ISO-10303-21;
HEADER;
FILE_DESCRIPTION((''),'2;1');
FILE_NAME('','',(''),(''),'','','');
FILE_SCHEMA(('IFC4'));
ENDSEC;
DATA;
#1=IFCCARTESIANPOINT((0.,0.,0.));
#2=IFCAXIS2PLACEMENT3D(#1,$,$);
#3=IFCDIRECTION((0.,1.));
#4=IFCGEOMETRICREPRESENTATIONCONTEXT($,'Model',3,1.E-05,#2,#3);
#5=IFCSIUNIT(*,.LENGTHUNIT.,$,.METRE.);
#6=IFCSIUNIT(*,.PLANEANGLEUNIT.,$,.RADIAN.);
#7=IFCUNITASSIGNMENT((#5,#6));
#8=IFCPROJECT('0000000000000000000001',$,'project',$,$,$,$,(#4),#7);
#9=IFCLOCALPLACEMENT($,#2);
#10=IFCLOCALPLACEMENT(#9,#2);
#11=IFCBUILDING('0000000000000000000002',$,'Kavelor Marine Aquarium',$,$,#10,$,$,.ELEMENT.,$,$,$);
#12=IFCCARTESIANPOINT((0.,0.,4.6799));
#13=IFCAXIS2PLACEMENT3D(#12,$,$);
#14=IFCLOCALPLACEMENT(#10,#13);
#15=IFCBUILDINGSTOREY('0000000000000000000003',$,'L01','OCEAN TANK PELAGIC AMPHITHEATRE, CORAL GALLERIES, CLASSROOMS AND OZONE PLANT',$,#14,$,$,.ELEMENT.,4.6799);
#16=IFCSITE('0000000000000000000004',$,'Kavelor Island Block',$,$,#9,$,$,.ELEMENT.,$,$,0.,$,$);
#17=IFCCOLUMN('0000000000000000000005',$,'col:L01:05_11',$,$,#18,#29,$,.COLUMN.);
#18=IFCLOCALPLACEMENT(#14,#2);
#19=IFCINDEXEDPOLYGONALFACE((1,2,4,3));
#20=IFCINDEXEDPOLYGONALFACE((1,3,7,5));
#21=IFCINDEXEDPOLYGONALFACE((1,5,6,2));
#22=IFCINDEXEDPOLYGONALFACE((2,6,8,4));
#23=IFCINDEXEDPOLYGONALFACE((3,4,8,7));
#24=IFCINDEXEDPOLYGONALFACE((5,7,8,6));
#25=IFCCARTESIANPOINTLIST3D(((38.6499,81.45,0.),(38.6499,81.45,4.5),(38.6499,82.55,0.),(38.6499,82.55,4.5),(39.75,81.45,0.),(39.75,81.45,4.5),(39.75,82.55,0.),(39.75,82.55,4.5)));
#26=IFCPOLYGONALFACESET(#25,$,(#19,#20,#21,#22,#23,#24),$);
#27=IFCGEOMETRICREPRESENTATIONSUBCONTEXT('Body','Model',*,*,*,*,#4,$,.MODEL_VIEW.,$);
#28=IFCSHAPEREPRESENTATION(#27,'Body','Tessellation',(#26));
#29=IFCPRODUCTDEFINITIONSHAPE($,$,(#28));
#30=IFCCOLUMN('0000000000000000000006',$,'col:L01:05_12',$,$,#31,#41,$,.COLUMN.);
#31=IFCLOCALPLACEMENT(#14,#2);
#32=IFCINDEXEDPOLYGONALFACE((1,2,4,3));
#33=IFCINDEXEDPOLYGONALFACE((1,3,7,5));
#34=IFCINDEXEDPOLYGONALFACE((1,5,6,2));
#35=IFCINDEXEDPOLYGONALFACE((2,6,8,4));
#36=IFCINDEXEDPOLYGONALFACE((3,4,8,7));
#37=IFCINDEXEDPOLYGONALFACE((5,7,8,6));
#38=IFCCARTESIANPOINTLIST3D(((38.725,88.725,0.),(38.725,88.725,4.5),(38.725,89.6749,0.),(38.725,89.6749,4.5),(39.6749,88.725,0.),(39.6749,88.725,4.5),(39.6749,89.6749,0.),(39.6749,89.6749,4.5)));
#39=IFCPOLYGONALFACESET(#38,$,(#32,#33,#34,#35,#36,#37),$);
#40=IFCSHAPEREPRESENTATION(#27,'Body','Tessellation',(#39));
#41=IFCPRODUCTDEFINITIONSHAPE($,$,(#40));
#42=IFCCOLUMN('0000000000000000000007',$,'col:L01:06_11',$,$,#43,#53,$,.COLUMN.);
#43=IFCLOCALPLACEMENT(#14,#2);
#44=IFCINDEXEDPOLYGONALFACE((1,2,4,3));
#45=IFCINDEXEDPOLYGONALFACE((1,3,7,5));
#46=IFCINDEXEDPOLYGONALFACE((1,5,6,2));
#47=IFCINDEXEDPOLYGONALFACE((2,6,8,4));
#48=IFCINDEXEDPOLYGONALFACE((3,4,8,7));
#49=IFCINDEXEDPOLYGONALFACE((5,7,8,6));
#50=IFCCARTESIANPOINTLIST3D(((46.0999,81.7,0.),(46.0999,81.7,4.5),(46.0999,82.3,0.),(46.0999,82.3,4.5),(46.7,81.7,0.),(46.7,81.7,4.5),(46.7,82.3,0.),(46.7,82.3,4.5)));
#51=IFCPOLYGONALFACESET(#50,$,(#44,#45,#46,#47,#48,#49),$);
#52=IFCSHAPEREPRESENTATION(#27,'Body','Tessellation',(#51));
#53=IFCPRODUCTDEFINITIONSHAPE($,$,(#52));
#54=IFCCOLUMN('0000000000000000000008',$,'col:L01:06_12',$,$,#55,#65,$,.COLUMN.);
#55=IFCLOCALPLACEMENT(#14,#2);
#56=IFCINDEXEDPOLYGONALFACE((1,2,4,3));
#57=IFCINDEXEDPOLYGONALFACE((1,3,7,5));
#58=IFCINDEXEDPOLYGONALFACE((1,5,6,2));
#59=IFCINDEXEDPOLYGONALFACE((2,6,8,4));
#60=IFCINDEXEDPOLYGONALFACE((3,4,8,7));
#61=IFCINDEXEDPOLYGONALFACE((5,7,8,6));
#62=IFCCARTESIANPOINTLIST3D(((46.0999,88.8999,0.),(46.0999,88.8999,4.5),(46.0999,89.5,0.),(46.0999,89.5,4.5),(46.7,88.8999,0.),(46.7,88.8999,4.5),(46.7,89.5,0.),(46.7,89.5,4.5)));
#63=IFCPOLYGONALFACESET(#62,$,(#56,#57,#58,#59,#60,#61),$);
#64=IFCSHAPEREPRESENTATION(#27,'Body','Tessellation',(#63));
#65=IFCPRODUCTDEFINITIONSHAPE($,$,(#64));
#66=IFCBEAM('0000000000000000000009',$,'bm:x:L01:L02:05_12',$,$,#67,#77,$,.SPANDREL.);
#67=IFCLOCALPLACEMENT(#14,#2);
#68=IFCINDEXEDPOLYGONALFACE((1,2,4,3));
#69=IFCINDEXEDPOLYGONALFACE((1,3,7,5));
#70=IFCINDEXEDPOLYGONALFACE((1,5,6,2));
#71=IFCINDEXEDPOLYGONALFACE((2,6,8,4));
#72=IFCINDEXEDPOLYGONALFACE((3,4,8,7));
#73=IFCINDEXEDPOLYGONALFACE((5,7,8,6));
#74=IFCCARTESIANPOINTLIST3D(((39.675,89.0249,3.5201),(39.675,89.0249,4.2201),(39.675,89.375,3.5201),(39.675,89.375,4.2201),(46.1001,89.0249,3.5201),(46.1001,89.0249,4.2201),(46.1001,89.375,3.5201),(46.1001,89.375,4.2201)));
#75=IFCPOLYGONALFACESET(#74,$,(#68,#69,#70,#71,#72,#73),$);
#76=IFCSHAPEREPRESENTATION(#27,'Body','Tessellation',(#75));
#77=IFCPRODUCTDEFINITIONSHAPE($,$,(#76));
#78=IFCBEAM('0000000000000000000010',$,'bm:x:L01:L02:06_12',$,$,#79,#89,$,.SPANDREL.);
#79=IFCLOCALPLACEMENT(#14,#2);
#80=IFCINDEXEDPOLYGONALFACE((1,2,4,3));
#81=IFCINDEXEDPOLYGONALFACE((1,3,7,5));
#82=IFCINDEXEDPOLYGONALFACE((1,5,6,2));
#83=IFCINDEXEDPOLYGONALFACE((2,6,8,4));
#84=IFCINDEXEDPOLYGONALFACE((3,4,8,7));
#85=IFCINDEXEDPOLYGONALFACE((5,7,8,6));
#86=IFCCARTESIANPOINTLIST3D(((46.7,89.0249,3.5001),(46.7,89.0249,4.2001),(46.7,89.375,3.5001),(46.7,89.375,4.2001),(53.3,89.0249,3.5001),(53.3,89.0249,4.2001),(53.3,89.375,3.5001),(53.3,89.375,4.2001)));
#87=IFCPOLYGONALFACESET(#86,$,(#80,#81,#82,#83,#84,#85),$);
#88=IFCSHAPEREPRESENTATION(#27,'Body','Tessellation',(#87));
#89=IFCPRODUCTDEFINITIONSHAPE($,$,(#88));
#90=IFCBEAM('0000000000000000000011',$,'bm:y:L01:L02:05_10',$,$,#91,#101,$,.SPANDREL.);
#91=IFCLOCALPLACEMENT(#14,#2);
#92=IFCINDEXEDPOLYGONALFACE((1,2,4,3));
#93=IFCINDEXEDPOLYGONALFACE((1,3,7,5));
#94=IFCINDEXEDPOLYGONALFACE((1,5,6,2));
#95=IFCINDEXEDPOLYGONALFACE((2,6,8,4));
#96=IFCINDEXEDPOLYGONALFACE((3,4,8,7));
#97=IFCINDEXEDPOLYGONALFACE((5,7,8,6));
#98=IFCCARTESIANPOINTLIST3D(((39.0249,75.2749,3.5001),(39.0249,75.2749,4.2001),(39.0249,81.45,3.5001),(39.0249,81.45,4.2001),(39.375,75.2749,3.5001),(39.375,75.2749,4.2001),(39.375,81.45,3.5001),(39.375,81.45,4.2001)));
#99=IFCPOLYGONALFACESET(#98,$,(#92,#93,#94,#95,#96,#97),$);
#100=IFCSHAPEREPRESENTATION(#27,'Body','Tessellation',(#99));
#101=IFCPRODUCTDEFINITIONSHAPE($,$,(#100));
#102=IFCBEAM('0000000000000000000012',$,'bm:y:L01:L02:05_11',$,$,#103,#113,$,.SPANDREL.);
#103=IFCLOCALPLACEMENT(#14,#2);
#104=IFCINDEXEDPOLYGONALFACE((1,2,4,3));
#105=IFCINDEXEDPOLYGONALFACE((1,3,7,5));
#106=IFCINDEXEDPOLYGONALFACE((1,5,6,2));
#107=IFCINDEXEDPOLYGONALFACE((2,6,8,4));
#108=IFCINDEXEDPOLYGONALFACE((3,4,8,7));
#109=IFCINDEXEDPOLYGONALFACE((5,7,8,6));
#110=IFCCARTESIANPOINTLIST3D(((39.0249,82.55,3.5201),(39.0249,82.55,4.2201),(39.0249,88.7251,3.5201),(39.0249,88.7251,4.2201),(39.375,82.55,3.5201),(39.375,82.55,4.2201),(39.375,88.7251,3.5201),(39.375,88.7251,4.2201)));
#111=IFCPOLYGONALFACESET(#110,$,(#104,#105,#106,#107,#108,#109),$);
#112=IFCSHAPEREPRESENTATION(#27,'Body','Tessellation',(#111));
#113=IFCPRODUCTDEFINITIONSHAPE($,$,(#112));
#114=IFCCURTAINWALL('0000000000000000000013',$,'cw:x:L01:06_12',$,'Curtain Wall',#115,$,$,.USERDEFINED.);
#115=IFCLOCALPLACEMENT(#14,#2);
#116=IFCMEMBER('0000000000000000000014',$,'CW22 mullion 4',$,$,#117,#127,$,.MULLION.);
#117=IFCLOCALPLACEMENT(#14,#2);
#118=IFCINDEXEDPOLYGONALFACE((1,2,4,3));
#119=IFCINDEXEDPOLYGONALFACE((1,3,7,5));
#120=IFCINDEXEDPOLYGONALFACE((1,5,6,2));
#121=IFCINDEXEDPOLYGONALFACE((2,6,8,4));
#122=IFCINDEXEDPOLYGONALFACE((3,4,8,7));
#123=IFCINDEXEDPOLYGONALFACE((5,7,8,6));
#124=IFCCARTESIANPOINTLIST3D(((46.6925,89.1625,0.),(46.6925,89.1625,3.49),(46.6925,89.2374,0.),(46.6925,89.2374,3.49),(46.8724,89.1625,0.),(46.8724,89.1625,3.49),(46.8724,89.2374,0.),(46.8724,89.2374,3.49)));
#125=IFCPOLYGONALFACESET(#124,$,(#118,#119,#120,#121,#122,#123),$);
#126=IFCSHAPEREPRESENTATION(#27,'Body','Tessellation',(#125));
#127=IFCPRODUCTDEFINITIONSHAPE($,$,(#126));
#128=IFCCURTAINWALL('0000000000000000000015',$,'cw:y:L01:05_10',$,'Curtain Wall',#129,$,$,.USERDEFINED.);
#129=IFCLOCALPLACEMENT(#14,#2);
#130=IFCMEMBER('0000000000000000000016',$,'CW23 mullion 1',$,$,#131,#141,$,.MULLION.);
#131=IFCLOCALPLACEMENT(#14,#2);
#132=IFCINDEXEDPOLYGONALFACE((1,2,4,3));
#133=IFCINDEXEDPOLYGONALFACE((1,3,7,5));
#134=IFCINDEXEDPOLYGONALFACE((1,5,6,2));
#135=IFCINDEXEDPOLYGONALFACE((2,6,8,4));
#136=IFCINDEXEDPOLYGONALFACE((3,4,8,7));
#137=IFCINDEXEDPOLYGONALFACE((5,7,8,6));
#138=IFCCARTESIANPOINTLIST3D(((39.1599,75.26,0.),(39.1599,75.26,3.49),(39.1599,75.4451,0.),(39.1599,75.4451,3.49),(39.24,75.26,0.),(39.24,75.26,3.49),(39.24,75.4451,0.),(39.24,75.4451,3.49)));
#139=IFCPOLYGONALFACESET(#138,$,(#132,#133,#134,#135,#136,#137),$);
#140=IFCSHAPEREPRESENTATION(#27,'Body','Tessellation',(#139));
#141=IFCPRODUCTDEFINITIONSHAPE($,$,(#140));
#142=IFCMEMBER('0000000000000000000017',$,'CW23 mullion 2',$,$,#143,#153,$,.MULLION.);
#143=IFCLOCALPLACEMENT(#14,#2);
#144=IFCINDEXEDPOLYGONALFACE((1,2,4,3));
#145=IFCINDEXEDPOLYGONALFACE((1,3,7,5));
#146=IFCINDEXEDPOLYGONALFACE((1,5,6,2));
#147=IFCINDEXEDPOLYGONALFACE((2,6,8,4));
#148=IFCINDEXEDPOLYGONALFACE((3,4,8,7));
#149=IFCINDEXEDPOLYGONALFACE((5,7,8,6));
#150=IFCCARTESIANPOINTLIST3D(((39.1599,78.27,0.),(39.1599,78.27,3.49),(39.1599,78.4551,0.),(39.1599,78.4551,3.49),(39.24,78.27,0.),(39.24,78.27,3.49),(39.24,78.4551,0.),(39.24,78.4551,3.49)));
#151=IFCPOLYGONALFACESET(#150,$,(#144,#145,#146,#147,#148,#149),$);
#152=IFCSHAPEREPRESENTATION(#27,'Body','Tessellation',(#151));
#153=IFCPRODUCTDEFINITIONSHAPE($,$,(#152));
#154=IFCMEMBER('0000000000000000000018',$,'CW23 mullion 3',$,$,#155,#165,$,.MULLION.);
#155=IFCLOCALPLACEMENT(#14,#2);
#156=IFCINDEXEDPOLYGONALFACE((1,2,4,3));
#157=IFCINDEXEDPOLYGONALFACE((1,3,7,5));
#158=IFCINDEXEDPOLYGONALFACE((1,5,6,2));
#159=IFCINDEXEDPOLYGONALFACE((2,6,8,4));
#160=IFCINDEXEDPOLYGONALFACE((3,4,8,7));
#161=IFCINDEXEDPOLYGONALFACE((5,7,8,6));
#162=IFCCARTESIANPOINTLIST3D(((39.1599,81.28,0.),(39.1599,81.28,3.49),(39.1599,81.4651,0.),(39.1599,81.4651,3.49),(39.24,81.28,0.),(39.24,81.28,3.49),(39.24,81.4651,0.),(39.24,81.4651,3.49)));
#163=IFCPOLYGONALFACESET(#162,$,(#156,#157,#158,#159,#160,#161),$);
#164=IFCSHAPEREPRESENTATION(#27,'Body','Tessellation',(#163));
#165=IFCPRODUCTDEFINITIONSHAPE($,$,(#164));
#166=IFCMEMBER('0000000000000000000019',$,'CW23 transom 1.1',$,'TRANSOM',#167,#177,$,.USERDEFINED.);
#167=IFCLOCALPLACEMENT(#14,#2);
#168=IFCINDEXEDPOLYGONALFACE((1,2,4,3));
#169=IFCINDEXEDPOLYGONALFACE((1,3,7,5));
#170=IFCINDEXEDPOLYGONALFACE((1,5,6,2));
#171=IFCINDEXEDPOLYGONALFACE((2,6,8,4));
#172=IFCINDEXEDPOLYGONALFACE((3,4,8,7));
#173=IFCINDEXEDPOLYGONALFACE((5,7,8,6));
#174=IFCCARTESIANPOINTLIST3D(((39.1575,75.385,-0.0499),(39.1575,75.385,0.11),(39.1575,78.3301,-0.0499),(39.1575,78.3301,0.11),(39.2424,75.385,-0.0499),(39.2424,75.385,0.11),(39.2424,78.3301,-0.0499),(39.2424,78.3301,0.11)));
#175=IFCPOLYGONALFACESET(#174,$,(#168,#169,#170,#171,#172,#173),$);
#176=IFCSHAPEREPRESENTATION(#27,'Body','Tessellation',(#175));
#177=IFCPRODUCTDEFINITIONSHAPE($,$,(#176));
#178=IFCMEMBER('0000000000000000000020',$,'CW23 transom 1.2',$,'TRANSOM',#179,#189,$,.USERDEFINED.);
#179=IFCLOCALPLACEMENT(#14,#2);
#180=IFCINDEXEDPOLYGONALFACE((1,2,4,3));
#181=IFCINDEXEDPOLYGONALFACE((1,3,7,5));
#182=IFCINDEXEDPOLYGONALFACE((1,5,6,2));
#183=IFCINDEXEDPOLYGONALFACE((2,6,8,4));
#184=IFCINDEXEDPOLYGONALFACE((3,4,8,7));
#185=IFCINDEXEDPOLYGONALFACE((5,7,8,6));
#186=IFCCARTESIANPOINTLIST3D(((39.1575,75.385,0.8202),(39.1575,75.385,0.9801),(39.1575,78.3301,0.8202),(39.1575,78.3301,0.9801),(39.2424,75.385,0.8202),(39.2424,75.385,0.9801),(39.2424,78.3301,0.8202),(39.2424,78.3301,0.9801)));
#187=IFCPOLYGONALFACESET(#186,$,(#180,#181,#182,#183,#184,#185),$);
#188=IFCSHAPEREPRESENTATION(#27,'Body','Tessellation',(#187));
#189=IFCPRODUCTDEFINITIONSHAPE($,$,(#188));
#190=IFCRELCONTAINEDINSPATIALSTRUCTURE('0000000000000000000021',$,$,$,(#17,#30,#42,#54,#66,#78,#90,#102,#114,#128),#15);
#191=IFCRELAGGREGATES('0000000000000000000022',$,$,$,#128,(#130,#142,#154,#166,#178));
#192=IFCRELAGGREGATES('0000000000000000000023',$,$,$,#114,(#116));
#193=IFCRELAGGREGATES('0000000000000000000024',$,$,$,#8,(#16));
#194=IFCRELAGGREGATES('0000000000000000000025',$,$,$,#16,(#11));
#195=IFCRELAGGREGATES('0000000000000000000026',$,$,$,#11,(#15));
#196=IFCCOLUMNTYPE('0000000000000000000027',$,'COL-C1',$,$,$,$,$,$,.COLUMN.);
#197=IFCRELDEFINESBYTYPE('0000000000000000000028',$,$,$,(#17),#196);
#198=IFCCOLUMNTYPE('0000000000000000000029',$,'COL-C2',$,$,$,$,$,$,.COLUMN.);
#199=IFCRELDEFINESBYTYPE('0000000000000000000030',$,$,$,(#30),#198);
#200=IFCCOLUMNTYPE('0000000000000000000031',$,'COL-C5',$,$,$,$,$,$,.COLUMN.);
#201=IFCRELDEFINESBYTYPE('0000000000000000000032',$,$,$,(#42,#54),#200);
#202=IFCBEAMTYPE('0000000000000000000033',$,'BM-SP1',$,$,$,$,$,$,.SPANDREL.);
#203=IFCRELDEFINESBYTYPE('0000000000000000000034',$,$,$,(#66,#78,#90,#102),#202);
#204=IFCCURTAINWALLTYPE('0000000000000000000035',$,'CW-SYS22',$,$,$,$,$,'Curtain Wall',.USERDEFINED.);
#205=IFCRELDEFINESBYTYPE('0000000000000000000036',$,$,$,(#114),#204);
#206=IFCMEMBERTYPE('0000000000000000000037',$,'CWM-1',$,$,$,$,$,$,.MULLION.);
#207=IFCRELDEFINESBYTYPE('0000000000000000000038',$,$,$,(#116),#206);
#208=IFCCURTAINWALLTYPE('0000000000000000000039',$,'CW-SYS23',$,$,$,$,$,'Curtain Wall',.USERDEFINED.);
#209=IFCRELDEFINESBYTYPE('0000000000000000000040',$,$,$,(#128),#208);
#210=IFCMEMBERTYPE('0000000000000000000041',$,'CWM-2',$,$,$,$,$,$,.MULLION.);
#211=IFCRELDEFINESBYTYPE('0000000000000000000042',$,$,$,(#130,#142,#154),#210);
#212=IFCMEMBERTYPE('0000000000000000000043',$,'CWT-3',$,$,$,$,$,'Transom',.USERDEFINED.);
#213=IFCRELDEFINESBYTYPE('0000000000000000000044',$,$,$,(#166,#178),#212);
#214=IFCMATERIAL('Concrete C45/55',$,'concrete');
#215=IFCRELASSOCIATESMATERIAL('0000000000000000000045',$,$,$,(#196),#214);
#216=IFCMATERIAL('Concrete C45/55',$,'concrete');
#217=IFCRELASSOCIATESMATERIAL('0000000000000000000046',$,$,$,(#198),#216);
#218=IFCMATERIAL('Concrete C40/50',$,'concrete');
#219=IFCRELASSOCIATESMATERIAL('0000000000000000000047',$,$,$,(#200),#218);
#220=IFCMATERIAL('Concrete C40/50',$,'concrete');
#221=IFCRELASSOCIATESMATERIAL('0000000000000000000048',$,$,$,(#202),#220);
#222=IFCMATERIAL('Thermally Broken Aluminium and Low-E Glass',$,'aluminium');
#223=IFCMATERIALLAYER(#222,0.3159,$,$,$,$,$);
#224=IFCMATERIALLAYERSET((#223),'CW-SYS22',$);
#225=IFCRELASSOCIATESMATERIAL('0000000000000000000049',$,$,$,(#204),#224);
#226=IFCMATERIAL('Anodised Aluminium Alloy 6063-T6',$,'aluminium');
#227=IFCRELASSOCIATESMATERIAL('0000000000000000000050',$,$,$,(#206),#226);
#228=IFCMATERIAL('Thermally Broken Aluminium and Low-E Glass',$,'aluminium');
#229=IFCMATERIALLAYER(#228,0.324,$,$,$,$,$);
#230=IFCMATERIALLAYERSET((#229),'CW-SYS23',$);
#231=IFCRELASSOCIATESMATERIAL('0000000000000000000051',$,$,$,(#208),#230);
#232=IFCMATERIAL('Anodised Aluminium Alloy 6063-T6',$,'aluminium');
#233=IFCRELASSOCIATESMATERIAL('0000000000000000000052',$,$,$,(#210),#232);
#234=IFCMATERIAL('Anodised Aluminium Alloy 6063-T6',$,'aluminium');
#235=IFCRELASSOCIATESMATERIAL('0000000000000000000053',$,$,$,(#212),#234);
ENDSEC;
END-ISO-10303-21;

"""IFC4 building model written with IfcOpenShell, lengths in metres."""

from ifc_helpers import new_model, si_unit, direction, frame, origin, origin_2d, place, context, subcontext, project, spatial, rectangle, extrude, material, layer, layer_set, material_profile, profile_set, type_object, element, aggregate, save


model = new_model("IFC4")

# Units and contexts
model_context = context("Model", 3, precision=1e-05, world=origin(), true_north=direction((0.0, 1.0)))
body_context = subcontext(model_context, "Body", "Model", "MODEL_VIEW")
ifc_project = project(units=[si_unit("LENGTHUNIT", "METRE"), si_unit("PLANEANGLEUNIT", "RADIAN")], contexts=[model_context])

# Site, building, storey
site_placement = place(None, origin())
site = spatial("IfcSite", under=ifc_project, at=site_placement, Name="Kavelor Island Block", CompositionType="ELEMENT", RefElevation=0.0)
building_placement = place(site_placement, origin())
building = spatial("IfcBuilding", under=site, at=building_placement, Name="Kavelor Marine Aquarium", CompositionType="ELEMENT")
storey_placement = place(building_placement, frame((0.0, 0.0, 4.6799)))
storey = spatial("IfcBuildingStorey", under=building, at=storey_placement, Name="L01", Description="OCEAN TANK PELAGIC AMPHITHEATRE, CORAL GALLERIES, CLASSROOMS AND OZONE PLANT", CompositionType="ELEMENT", Elevation=4.6799)

# Columns
ifc_material_1 = material(Name="Concrete C45/55", Category="concrete")
ifc_material_profile_1 = material_profile(ifc_material_1, rectangle(XDim=1.1001, YDim=1.1001, at=origin_2d()), Name="RC-COL 1100x1100")
ifc_profile_set_1 = profile_set([ifc_material_profile_1], Name="Concrete C45/55")
column_type_1 = type_object("IfcColumnType", Name="COL-C1", PredefinedType="COLUMN", material=ifc_profile_set_1)
column_1_placement = place(storey_placement, frame((39.2, 82.0, 0.0), z_axis=(0.0, 0.0, 1.0), x_axis=(1.0, 0.0, 0.0)))
element("IfcColumn", 1, at=column_1_placement, inside=storey, type_object=column_type_1, Name="col:L01:05_11", PredefinedType="COLUMN", context=body_context, shape_type="SweptSolid", body=[
    extrude(rectangle(XDim=1.1001, YDim=1.1001, at=origin_2d()), origin(), (0.0, 0.0, 1.0), 4.5),
])
ifc_material_2 = material(Name="Concrete C45/55", Category="concrete")
ifc_material_profile_2 = material_profile(ifc_material_2, rectangle(XDim=0.95, YDim=0.95, at=origin_2d()), Name="RC-COL 950x950")
ifc_profile_set_2 = profile_set([ifc_material_profile_2], Name="Concrete C45/55")
column_type_2 = type_object("IfcColumnType", Name="COL-C2", PredefinedType="COLUMN", material=ifc_profile_set_2)
column_2_placement = place(storey_placement, frame((39.2, 89.2, 0.0), z_axis=(0.0, 0.0, 1.0), x_axis=(1.0, 0.0, 0.0)))
element("IfcColumn", 2, at=column_2_placement, inside=storey, type_object=column_type_2, Name="col:L01:05_12", PredefinedType="COLUMN", context=body_context, shape_type="SweptSolid", body=[
    extrude(rectangle(XDim=0.95, YDim=0.95, at=origin_2d()), origin(), (0.0, 0.0, 1.0), 4.5),
])
ifc_material_3 = material(Name="Concrete C40/50", Category="concrete")
ifc_material_profile_3 = material_profile(ifc_material_3, rectangle(XDim=0.6001, YDim=0.6001, at=origin_2d()), Name="RC-COL 600x600")
ifc_profile_set_3 = profile_set([ifc_material_profile_3], Name="Concrete C40/50")
column_type_3 = type_object("IfcColumnType", Name="COL-C5", PredefinedType="COLUMN", material=ifc_profile_set_3)
for number, where, z_axis, x_axis, name in (
    (3, (46.3999, 82.0, 0.0), (0.0, 0.0, 1.0), (1.0, 0.0, 0.0), "col:L01:06_11"),
    (4, (46.3999, 89.2, 0.0), (0.0, 0.0, 1.0), (1.0, 0.0, 0.0), "col:L01:06_12"),
):
    element("IfcColumn", number, at=place(storey_placement, frame(where, z_axis=z_axis, x_axis=x_axis)), inside=storey, type_object=column_type_3, Name=name, PredefinedType="COLUMN", context=body_context, shape_type="SweptSolid", body=[
        extrude(rectangle(XDim=0.6001, YDim=0.6001, at=origin_2d()), origin(), (0.0, 0.0, 1.0), 4.5),
    ])

# Beams
ifc_material_4 = material(Name="Concrete C40/50", Category="concrete")
ifc_material_profile_4 = material_profile(ifc_material_4, rectangle(XDim=0.3501, YDim=0.7, at=origin_2d()), Name="RC-SP 350x700")
ifc_profile_set_4 = profile_set([ifc_material_profile_4], Name="Concrete C40/50")
beam_type = type_object("IfcBeamType", Name="BM-SP1", PredefinedType="SPANDREL", material=ifc_profile_set_4)
beam_1_placement = place(storey_placement, frame((39.675, 89.2, 3.8701), z_axis=(1.0, 0.0, 0.0), x_axis=(0.0, 1.0, 0.0)))
element("IfcBeam", 5, at=beam_1_placement, inside=storey, type_object=beam_type, Name="bm:x:L01:L02:05_12", PredefinedType="SPANDREL", context=body_context, shape_type="SweptSolid", body=[
    extrude(rectangle(XDim=0.3501, YDim=0.7, at=origin_2d()), origin(), (0.0, 0.0, 1.0), 6.425),
])
beam_2_placement = place(storey_placement, frame((46.7, 89.2, 3.8501), z_axis=(1.0, 0.0, 0.0), x_axis=(0.0, 1.0, 0.0)))
element("IfcBeam", 6, at=beam_2_placement, inside=storey, type_object=beam_type, Name="bm:x:L01:L02:06_12", PredefinedType="SPANDREL", context=body_context, shape_type="SweptSolid", body=[
    extrude(rectangle(XDim=0.3501, YDim=0.7, at=origin_2d()), origin(), (0.0, 0.0, 1.0), 6.6001),
])
for number, where, z_axis, x_axis, name in (
    (7, (39.2, 75.2749, 3.8501), (0.0, 1.0, 0.0), (-1.0, 0.0, 0.0), "bm:y:L01:L02:05_10"),
    (8, (39.2, 82.55, 3.8701), (0.0, 1.0, 0.0), (-1.0, 0.0, 0.0), "bm:y:L01:L02:05_11"),
):
    element("IfcBeam", number, at=place(storey_placement, frame(where, z_axis=z_axis, x_axis=x_axis)), inside=storey, type_object=beam_type, Name=name, PredefinedType="SPANDREL", context=body_context, shape_type="SweptSolid", body=[
        extrude(rectangle(XDim=0.3501, YDim=0.7, at=origin_2d()), origin(), (0.0, 0.0, 1.0), 6.175),
    ])

# Curtain wall, member
ifc_material_5 = material(Name="Thermally Broken Aluminium and Low-E Glass", Category="aluminium")
ifc_layer_1 = layer(ifc_material_5, 0.3159)
ifc_layer_set_1 = layer_set([ifc_layer_1], Name="CW-SYS22")
curtain_wall_type_1 = type_object("IfcCurtainWallType", Name="CW-SYS22", ElementType="Curtain Wall", PredefinedType="USERDEFINED", material=ifc_layer_set_1)
curtain_wall_1_placement = place(storey_placement, origin())
curtain_wall_1 = element("IfcCurtainWall", 9, at=curtain_wall_1_placement, inside=storey, type_object=curtain_wall_type_1, Name="cw:x:L01:06_12", ObjectType="Curtain Wall", PredefinedType="USERDEFINED")
ifc_material_6 = material(Name="Anodised Aluminium Alloy 6063-T6", Category="aluminium")
ifc_material_profile_5 = material_profile(ifc_material_6, rectangle(XDim=0.075, YDim=0.1799, at=origin_2d()), Name="CW-MUL 75x180")
ifc_profile_set_5 = profile_set([ifc_material_profile_5], Name="Anodised Aluminium Alloy 6063-T6")
member_type_1 = type_object("IfcMemberType", Name="CWM-1", PredefinedType="MULLION", material=ifc_profile_set_5)
member_1_placement = place(storey_placement, frame((46.7825, 89.2, 0.0), z_axis=(0.0, 0.0, 1.0), x_axis=(0.0, -1.0, 0.0)))
member_1 = element("IfcMember", 10, at=member_1_placement, type_object=member_type_1, Name="CW22 mullion 4", PredefinedType="MULLION", context=body_context, shape_type="SweptSolid", body=[
    extrude(rectangle(XDim=0.075, YDim=0.1799, at=origin_2d()), origin(), (0.0, 0.0, 1.0), 3.49),
])

# Curtain wall, members
ifc_material_7 = material(Name="Thermally Broken Aluminium and Low-E Glass", Category="aluminium")
ifc_layer_2 = layer(ifc_material_7, 0.324)
ifc_layer_set_2 = layer_set([ifc_layer_2], Name="CW-SYS23")
curtain_wall_type_2 = type_object("IfcCurtainWallType", Name="CW-SYS23", ElementType="Curtain Wall", PredefinedType="USERDEFINED", material=ifc_layer_set_2)
curtain_wall_2_placement = place(storey_placement, origin())
curtain_wall_2 = element("IfcCurtainWall", 11, at=curtain_wall_2_placement, inside=storey, type_object=curtain_wall_type_2, Name="cw:y:L01:05_10", ObjectType="Curtain Wall", PredefinedType="USERDEFINED")
ifc_material_8 = material(Name="Anodised Aluminium Alloy 6063-T6", Category="aluminium")
ifc_material_profile_6 = material_profile(ifc_material_8, rectangle(XDim=0.0801, YDim=0.1851, at=origin_2d()), Name="CW-MUL 80x185")
ifc_profile_set_6 = profile_set([ifc_material_profile_6], Name="Anodised Aluminium Alloy 6063-T6")
member_type_2 = type_object("IfcMemberType", Name="CWM-2", PredefinedType="MULLION", material=ifc_profile_set_6)
member_2_placement = place(storey_placement, frame((39.2, 75.3525, 0.0), z_axis=(0.0, 0.0, 1.0), x_axis=(-1.0, 0.0, 0.0)))
member_2 = element("IfcMember", 12, at=member_2_placement, type_object=member_type_2, Name="CW23 mullion 1", PredefinedType="MULLION", context=body_context, shape_type="SweptSolid", body=[
    extrude(rectangle(XDim=0.0801, YDim=0.1851, at=origin_2d()), origin(), (0.0, 0.0, 1.0), 3.49),
])
member_3_placement = place(storey_placement, frame((39.2, 78.3625, 0.0), z_axis=(0.0, 0.0, 1.0), x_axis=(-1.0, 0.0, 0.0)))
member_3 = element("IfcMember", 13, at=member_3_placement, type_object=member_type_2, Name="CW23 mullion 2", PredefinedType="MULLION", context=body_context, shape_type="SweptSolid", body=[
    extrude(rectangle(XDim=0.0801, YDim=0.1851, at=origin_2d()), origin(), (0.0, 0.0, 1.0), 3.49),
])
member_4_placement = place(storey_placement, frame((39.2, 81.3726, 0.0), z_axis=(0.0, 0.0, 1.0), x_axis=(-1.0, 0.0, 0.0)))
member_4 = element("IfcMember", 14, at=member_4_placement, type_object=member_type_2, Name="CW23 mullion 3", PredefinedType="MULLION", context=body_context, shape_type="SweptSolid", body=[
    extrude(rectangle(XDim=0.0801, YDim=0.1851, at=origin_2d()), origin(), (0.0, 0.0, 1.0), 3.49),
])
ifc_material_9 = material(Name="Anodised Aluminium Alloy 6063-T6", Category="aluminium")
ifc_material_profile_7 = material_profile(ifc_material_9, rectangle(XDim=0.085, YDim=0.1599, at=origin_2d()), Name="CW-TRN 85x160")
ifc_profile_set_7 = profile_set([ifc_material_profile_7], Name="Anodised Aluminium Alloy 6063-T6")
member_type_3 = type_object("IfcMemberType", Name="CWT-3", ElementType="Transom", PredefinedType="USERDEFINED", material=ifc_profile_set_7)
member_5_placement = place(storey_placement, frame((39.2, 75.385, 0.03), z_axis=(0.0, 1.0, 0.0), x_axis=(-1.0, 0.0, 0.0)))
member_5 = element("IfcMember", 15, at=member_5_placement, type_object=member_type_3, Name="CW23 transom 1.1", ObjectType="TRANSOM", PredefinedType="USERDEFINED", context=body_context, shape_type="SweptSolid", body=[
    extrude(rectangle(XDim=0.085, YDim=0.1599, at=origin_2d()), origin(), (0.0, 0.0, 1.0), 2.9451),
])
member_6_placement = place(storey_placement, frame((39.2, 75.385, 0.9001), z_axis=(0.0, 1.0, 0.0), x_axis=(-1.0, 0.0, 0.0)))
member_6 = element("IfcMember", 16, at=member_6_placement, type_object=member_type_3, Name="CW23 transom 1.2", ObjectType="TRANSOM", PredefinedType="USERDEFINED", context=body_context, shape_type="SweptSolid", body=[
    extrude(rectangle(XDim=0.085, YDim=0.1599, at=origin_2d()), origin(), (0.0, 0.0, 1.0), 2.9451),
])
aggregate(curtain_wall_2, [member_2, member_3, member_4, member_5, member_6])

aggregate(curtain_wall_1, [member_1])

save(model, "model.ifc")
